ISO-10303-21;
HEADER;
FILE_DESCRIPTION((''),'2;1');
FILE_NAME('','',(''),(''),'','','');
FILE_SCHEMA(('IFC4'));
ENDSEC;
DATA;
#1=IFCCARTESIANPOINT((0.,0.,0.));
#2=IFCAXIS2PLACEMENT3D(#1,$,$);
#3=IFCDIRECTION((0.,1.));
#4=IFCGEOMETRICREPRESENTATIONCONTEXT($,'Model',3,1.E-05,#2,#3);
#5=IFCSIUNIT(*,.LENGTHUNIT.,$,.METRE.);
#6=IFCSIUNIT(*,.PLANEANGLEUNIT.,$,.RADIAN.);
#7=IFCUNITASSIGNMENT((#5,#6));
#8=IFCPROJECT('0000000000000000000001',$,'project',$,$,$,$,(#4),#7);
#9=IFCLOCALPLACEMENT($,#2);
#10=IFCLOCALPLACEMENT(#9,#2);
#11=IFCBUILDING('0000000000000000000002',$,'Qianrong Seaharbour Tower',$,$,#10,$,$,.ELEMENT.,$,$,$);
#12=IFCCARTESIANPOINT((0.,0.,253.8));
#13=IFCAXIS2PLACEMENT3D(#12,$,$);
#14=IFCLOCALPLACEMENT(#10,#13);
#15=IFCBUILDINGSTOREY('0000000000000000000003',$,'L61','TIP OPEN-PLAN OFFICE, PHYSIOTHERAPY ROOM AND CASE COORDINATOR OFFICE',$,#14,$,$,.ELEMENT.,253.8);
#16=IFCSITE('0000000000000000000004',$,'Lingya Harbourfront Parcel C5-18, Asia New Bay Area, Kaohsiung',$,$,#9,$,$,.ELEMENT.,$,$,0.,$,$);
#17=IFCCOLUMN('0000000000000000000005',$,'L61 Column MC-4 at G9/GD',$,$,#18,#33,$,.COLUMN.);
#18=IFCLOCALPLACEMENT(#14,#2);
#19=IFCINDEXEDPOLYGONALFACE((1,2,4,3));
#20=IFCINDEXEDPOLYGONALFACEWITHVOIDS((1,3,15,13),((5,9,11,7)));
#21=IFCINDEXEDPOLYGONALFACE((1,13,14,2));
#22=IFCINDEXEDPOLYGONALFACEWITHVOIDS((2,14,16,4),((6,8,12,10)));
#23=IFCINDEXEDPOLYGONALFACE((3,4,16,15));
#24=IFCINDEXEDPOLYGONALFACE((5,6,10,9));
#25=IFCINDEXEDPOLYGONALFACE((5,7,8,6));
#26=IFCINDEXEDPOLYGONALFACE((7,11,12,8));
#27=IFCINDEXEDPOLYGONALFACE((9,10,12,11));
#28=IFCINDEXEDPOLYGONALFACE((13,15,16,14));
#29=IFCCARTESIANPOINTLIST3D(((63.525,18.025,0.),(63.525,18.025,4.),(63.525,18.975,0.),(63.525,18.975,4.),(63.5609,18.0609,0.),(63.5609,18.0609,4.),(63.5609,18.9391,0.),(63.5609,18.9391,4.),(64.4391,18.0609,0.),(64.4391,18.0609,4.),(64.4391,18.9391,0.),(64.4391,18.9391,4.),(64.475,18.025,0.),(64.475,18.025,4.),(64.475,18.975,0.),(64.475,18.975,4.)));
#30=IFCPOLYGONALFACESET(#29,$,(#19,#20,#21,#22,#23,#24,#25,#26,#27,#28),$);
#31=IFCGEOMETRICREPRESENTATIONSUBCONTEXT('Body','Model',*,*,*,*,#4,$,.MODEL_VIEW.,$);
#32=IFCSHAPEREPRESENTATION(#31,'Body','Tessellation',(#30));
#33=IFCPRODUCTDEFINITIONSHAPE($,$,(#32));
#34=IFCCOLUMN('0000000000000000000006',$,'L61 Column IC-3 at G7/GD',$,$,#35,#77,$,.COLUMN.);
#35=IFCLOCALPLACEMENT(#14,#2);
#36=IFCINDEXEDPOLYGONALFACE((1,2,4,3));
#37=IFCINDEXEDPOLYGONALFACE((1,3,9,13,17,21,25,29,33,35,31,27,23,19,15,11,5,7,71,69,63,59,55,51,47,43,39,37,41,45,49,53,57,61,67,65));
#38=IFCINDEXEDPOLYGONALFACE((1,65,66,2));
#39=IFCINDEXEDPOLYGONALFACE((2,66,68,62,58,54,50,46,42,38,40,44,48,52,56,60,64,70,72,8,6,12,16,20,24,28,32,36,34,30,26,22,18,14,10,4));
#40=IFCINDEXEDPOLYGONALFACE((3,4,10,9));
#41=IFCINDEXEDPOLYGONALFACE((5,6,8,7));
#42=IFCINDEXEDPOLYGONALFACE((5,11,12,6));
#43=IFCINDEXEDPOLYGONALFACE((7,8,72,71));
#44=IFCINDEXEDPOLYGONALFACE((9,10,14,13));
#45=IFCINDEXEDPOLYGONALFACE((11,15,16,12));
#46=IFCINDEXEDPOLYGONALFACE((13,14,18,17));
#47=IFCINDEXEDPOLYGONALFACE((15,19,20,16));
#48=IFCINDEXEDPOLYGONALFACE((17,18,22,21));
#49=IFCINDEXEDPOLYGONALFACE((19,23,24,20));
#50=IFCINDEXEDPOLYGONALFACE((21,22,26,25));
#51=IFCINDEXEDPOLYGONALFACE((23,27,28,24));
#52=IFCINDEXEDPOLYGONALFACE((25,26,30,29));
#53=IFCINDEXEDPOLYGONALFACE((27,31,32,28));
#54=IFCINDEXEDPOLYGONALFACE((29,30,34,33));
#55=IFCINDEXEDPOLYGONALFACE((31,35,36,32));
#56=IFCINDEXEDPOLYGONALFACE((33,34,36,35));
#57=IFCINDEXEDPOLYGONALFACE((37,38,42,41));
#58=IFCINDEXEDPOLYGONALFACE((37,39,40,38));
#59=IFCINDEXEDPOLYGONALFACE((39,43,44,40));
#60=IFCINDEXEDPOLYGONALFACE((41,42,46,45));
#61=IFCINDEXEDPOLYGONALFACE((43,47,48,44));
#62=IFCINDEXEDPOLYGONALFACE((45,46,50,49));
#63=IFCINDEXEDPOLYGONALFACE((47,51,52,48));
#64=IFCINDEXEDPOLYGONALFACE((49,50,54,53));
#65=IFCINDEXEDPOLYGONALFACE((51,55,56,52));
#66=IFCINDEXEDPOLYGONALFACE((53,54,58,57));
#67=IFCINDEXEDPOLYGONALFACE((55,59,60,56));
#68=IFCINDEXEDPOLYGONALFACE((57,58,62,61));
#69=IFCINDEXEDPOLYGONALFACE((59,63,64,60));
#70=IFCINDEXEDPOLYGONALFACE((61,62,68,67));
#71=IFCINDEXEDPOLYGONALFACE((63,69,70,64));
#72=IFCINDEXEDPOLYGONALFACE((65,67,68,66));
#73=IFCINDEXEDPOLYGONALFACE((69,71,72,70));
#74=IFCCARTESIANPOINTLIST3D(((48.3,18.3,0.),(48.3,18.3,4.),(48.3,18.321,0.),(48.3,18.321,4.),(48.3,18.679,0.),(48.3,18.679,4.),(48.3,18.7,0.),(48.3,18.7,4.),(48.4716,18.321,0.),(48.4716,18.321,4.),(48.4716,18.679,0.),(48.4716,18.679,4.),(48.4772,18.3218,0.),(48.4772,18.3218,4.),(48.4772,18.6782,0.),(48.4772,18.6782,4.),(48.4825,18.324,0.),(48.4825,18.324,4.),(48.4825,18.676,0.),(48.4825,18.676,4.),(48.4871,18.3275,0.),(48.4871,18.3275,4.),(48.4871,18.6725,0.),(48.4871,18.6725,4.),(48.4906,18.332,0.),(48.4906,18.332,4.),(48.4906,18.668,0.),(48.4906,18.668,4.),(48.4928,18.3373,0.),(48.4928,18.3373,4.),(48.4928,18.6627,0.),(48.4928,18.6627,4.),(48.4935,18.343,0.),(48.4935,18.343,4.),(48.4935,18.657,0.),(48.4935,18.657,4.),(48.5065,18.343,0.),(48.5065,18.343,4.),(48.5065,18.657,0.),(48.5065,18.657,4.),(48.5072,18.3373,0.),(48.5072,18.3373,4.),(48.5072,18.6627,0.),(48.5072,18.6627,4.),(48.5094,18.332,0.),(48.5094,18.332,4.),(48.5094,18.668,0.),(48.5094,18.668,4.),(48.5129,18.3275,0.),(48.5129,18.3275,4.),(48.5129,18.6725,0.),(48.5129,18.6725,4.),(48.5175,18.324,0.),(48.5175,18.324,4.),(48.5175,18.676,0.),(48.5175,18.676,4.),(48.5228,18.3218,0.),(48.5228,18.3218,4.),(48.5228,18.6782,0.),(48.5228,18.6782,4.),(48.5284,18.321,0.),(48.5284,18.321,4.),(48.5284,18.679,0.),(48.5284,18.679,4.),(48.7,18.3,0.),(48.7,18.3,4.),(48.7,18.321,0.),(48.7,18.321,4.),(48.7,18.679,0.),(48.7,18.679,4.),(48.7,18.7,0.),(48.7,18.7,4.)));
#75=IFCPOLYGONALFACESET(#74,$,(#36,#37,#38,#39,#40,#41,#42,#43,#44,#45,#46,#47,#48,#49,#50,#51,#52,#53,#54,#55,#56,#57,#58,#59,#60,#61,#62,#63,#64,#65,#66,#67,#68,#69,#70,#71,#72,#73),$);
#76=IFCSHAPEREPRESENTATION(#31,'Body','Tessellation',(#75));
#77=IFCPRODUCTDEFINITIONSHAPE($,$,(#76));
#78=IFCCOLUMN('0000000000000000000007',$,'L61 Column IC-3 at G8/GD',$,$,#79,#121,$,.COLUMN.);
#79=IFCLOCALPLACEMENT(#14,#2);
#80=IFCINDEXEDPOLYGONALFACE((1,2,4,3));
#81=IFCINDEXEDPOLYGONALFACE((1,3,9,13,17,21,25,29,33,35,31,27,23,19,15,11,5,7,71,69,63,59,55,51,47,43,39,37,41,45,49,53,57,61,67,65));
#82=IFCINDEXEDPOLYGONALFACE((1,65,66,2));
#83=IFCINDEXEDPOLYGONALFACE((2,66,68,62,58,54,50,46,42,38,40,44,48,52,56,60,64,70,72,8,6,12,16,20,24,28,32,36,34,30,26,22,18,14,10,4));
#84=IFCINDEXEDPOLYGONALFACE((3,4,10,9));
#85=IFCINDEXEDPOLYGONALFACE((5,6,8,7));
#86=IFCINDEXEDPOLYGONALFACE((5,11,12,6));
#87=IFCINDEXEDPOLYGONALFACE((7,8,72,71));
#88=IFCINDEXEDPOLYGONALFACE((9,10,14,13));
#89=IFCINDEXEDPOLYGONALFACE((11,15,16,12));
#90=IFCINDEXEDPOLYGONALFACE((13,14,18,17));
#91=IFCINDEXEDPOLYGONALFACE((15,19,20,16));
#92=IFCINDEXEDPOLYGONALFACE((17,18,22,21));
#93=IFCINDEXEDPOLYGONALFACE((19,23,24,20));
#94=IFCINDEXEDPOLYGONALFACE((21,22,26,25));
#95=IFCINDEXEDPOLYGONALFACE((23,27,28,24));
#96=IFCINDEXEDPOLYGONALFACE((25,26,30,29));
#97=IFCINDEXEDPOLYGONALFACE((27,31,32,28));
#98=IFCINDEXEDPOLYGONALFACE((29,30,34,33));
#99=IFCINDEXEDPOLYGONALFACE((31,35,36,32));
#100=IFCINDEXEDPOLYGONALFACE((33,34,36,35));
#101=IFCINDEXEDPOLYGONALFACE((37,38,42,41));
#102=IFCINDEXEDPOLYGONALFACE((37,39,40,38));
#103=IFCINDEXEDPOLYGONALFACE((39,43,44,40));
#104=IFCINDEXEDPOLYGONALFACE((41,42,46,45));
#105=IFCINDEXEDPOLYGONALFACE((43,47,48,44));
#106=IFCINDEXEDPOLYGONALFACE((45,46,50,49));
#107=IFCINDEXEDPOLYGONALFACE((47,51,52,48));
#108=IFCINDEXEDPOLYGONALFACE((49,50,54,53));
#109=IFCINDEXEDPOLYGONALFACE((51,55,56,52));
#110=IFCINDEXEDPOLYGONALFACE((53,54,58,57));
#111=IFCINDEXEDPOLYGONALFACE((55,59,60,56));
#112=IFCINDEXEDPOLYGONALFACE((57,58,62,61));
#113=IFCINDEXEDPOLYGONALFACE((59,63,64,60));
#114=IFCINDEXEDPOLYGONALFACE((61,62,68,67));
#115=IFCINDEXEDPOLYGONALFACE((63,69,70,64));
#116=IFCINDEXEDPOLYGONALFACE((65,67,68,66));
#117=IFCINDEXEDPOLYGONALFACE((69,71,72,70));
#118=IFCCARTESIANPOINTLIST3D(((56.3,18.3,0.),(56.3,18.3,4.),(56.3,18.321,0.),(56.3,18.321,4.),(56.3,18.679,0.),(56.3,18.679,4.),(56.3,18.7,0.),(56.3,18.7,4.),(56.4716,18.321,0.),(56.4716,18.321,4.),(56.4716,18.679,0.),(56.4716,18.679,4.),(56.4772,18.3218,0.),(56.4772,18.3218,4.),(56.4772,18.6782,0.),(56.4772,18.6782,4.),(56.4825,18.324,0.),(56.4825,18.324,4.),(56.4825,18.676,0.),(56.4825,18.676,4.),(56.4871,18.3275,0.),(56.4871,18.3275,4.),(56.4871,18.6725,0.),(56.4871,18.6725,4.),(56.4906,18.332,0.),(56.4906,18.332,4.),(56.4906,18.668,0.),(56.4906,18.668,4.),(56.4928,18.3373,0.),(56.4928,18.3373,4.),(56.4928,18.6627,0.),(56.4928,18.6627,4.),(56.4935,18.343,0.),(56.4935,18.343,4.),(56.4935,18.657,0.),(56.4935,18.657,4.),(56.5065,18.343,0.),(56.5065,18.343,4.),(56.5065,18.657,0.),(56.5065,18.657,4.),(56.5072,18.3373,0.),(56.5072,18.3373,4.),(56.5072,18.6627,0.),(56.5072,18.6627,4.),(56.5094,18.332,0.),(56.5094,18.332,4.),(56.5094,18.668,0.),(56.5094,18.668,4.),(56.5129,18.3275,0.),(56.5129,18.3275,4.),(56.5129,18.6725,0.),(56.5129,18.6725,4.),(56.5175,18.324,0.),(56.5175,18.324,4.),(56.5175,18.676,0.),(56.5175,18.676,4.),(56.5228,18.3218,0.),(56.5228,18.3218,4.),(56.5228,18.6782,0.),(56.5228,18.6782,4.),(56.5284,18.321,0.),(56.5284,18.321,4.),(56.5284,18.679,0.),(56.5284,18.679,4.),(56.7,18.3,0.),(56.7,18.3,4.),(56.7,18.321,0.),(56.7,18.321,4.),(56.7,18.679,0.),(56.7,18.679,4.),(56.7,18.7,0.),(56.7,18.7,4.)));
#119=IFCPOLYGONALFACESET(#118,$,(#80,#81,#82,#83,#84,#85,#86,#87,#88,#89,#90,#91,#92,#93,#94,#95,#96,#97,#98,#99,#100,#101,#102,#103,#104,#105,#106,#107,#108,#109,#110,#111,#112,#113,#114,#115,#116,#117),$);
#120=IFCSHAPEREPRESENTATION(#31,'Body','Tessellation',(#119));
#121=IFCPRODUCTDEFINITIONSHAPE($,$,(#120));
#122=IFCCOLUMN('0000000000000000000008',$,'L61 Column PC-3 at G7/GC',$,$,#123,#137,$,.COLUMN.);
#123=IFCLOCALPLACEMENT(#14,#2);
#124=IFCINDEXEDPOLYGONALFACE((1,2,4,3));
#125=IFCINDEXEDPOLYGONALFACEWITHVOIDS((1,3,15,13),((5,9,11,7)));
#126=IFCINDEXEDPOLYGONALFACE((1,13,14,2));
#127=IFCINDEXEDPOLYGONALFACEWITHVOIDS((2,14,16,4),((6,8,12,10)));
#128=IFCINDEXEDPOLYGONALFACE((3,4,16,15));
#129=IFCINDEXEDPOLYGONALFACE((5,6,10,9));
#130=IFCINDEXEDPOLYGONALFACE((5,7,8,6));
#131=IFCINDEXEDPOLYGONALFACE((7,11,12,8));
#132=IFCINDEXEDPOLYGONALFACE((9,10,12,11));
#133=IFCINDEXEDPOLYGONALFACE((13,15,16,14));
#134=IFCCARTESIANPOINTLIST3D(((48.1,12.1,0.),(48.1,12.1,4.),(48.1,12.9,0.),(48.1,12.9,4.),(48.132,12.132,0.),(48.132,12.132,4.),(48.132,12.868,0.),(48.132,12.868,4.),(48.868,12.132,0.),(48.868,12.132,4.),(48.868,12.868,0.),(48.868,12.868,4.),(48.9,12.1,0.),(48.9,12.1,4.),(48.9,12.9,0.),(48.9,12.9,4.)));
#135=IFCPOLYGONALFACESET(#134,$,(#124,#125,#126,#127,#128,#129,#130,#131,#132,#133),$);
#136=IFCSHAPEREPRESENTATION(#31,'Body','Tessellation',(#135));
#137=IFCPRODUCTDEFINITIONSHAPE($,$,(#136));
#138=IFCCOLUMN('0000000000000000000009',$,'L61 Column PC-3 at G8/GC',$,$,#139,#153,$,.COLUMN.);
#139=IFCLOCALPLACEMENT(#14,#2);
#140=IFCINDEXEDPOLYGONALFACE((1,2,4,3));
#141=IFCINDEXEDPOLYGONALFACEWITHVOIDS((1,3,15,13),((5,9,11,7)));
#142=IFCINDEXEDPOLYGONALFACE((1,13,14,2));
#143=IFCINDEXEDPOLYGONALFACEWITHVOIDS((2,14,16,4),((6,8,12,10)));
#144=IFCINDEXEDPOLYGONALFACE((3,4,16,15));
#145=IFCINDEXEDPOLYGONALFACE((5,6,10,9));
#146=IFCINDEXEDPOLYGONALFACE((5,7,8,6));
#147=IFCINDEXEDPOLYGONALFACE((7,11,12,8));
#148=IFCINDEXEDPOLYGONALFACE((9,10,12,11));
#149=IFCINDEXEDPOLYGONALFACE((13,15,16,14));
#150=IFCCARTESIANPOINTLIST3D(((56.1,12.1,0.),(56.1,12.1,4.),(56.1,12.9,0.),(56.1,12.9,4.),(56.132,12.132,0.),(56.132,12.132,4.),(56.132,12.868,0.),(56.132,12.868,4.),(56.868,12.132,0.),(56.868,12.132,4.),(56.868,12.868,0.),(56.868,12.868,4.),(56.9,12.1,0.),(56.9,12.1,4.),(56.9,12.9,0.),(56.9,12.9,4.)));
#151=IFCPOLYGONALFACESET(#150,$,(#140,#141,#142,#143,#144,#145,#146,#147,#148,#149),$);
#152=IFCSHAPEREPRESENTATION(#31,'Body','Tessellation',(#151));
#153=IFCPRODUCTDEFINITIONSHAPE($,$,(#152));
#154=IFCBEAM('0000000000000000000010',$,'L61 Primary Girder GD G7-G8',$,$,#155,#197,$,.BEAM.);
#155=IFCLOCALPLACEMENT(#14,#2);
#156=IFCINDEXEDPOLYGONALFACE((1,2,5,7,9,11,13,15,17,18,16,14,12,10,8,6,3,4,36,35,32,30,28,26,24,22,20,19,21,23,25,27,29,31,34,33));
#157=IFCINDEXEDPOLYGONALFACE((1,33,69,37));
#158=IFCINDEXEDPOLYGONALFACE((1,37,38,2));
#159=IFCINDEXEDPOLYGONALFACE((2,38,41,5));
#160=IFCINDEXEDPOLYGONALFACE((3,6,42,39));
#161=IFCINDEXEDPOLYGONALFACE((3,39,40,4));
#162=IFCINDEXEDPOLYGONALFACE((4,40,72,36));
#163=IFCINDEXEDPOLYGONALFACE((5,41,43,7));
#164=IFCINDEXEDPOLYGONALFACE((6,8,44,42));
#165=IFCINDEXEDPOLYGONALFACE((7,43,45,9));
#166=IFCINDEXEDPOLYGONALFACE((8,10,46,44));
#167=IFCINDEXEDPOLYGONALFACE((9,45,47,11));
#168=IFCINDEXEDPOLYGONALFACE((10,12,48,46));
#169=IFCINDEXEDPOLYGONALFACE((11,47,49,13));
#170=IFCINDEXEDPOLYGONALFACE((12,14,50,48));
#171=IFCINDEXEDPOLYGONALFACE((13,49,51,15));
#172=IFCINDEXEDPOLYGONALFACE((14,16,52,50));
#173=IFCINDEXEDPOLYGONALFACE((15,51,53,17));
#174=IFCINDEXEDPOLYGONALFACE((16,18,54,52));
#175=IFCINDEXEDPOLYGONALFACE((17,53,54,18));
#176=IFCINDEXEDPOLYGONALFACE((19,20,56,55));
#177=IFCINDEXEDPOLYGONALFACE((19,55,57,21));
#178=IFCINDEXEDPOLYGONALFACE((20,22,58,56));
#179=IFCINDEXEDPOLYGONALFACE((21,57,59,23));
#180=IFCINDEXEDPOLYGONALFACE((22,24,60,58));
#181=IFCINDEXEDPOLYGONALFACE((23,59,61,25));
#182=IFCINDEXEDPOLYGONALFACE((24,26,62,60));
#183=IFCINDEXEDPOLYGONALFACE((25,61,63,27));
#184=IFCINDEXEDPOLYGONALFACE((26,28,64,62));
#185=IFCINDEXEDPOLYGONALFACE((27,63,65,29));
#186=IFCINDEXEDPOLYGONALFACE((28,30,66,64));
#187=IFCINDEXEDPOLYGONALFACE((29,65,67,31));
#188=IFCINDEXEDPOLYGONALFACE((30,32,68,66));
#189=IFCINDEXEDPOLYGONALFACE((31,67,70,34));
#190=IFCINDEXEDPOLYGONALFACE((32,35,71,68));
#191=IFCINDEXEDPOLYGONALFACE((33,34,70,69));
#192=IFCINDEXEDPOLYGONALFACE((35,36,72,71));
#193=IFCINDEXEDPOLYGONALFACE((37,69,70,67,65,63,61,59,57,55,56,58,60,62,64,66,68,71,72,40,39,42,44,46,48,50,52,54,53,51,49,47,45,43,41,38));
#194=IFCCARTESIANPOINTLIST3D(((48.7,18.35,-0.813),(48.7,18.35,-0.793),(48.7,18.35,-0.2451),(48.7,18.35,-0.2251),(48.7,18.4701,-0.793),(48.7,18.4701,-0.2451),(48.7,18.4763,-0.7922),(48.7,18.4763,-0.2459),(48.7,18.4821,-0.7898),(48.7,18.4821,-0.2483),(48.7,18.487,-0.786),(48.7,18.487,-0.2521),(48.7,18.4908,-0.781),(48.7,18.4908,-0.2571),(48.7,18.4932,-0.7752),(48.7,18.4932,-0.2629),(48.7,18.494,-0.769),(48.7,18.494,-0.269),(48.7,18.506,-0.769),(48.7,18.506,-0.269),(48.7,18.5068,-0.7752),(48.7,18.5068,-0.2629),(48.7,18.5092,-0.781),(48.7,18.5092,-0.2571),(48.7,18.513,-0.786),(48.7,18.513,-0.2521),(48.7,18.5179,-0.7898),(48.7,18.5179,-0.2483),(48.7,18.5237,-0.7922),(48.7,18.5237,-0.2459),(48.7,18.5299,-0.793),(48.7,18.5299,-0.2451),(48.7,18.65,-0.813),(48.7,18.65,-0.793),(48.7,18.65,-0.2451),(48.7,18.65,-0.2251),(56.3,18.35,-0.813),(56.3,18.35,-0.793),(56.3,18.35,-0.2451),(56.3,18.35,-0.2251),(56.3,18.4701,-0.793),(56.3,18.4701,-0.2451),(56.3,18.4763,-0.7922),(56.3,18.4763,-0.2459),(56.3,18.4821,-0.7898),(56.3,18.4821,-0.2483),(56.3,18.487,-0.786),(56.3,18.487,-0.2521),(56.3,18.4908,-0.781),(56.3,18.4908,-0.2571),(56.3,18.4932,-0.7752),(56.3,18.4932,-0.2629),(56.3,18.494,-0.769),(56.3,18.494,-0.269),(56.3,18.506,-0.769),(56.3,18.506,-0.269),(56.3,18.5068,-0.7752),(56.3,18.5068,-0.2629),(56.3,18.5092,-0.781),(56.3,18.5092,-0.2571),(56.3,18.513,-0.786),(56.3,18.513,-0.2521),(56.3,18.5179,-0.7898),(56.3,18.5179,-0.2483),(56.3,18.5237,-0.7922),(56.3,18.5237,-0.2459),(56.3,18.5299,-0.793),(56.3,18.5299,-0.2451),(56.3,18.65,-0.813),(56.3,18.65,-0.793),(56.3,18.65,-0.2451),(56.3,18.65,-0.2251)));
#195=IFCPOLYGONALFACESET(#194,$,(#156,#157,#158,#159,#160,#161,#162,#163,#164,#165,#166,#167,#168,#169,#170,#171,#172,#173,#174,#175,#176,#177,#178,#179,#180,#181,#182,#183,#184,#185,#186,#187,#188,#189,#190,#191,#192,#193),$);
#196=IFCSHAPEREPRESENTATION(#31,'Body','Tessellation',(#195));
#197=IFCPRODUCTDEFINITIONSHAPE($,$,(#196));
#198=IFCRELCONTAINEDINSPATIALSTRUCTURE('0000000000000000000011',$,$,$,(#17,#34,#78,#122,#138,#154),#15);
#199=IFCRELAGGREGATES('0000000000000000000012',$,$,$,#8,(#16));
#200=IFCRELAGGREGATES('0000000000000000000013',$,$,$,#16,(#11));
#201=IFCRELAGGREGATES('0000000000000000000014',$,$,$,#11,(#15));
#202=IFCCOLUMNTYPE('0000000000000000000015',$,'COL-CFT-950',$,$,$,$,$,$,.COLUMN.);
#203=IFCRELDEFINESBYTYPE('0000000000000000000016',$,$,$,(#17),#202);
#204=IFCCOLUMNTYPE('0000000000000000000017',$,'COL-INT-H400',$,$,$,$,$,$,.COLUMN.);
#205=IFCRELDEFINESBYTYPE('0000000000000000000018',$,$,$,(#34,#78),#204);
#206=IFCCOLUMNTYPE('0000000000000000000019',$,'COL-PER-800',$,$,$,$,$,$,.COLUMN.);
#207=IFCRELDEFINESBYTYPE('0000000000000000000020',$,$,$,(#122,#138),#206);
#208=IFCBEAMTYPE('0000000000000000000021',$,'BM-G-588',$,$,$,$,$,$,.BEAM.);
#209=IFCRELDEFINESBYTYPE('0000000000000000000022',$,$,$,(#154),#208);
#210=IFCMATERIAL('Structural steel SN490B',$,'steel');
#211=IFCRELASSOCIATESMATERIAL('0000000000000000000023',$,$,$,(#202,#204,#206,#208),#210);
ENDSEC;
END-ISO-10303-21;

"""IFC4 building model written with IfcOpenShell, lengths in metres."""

from ifc_helpers import new_model, si_unit, direction, frame, origin, origin_2d, place, context, subcontext, project, spatial, hollow_rectangle, i_section, extrude, material, material_profile, profile_set, type_object, element, save


model = new_model("IFC4")

# Units and contexts
model_context = context("Model", 3, precision=1e-05, world=origin(), true_north=direction((0.0, 1.0)))
body_context = subcontext(model_context, "Body", "Model", "MODEL_VIEW")
ifc_project = project(units=[si_unit("LENGTHUNIT", "METRE"), si_unit("PLANEANGLEUNIT", "RADIAN")], contexts=[model_context])

# Site, building, storey
site_placement = place(None, origin())
site = spatial("IfcSite", under=ifc_project, at=site_placement, Name="Lingya Harbourfront Parcel C5-18, Asia New Bay Area, Kaohsiung", CompositionType="ELEMENT", RefElevation=0.0)
building_placement = place(site_placement, origin())
building = spatial("IfcBuilding", under=site, at=building_placement, Name="Qianrong Seaharbour Tower", CompositionType="ELEMENT")
storey_placement = place(building_placement, frame((0.0, 0.0, 253.8)))
storey = spatial("IfcBuildingStorey", under=building, at=storey_placement, Name="L61", Description="TIP OPEN-PLAN OFFICE, PHYSIOTHERAPY ROOM AND CASE COORDINATOR OFFICE", CompositionType="ELEMENT", Elevation=253.8)

# Columns
ifc_material_1 = material(Name="Structural steel SN490B", Category="steel")
ifc_material_profile_1 = material_profile(ifc_material_1, hollow_rectangle(XDim=0.95, YDim=0.95, WallThickness=0.0359, at=origin_2d()), Name="BOX950x950x36")
ifc_profile_set_1 = profile_set([ifc_material_profile_1], Name="Structural steel SN490B")
column_type_1 = type_object("IfcColumnType", Name="COL-CFT-950", PredefinedType="COLUMN", material=ifc_profile_set_1)
column_placement = place(storey_placement, frame((64.0, 18.5, 0.0), z_axis=(0.0, 0.0, 1.0), x_axis=(1.0, 0.0, 0.0)))
element("IfcColumn", 1, at=column_placement, inside=storey, type_object=column_type_1, Name="L61 Column MC-4 at G9/GD", PredefinedType="COLUMN", context=body_context, shape_type="SweptSolid", body=[
    extrude(hollow_rectangle(XDim=0.95, YDim=0.95, WallThickness=0.0359, at=origin_2d()), origin(), (0.0, 0.0, 1.0), 4.0),
])
ifc_material_profile_2 = material_profile(ifc_material_1, i_section(OverallWidth=0.3999, OverallDepth=0.3999, WebThickness=0.0129, FlangeThickness=0.021, FilletRadius=0.022, at=origin_2d()), Name="H400x400x13x21")
ifc_profile_set_2 = profile_set([ifc_material_profile_2], Name="Structural steel SN490B")
column_type_2 = type_object("IfcColumnType", Name="COL-INT-H400", PredefinedType="COLUMN", material=ifc_profile_set_2)
for number, where, z_axis, x_axis, name in (
    (2, (48.5, 18.5, 0.0), (0.0, 0.0, 1.0), (1.0, 0.0, 0.0), "L61 Column IC-3 at G7/GD"),
    (3, (56.5, 18.5, 0.0), (0.0, 0.0, 1.0), (1.0, 0.0, 0.0), "L61 Column IC-3 at G8/GD"),
):
    element("IfcColumn", number, at=place(storey_placement, frame(where, z_axis=z_axis, x_axis=x_axis)), inside=storey, type_object=column_type_2, Name=name, PredefinedType="COLUMN", context=body_context, shape_type="SweptSolid", body=[
        extrude(i_section(OverallWidth=0.3999, OverallDepth=0.3999, WebThickness=0.0129, FlangeThickness=0.021, FilletRadius=0.022, at=origin_2d()), origin(), (0.0, 0.0, 1.0), 4.0),
    ])
ifc_material_profile_3 = material_profile(ifc_material_1, hollow_rectangle(XDim=0.8, YDim=0.8, WallThickness=0.032, at=origin_2d()), Name="BOX800x800x32")
ifc_profile_set_3 = profile_set([ifc_material_profile_3], Name="Structural steel SN490B")
column_type_3 = type_object("IfcColumnType", Name="COL-PER-800", PredefinedType="COLUMN", material=ifc_profile_set_3)
for number, where, z_axis, x_axis, name in (
    (4, (48.5, 12.5, 0.0), (0.0, 0.0, 1.0), (1.0, 0.0, 0.0), "L61 Column PC-3 at G7/GC"),
    (5, (56.5, 12.5, 0.0), (0.0, 0.0, 1.0), (1.0, 0.0, 0.0), "L61 Column PC-3 at G8/GC"),
):
    element("IfcColumn", number, at=place(storey_placement, frame(where, z_axis=z_axis, x_axis=x_axis)), inside=storey, type_object=column_type_3, Name=name, PredefinedType="COLUMN", context=body_context, shape_type="SweptSolid", body=[
        extrude(hollow_rectangle(XDim=0.8, YDim=0.8, WallThickness=0.032, at=origin_2d()), origin(), (0.0, 0.0, 1.0), 4.0),
    ])

# Beam
ifc_material_profile_4 = material_profile(ifc_material_1, i_section(OverallWidth=0.3, OverallDepth=0.5879, WebThickness=0.012, FlangeThickness=0.02, FilletRadius=0.0239, at=origin_2d()), Name="H588x300x12x20")
ifc_profile_set_4 = profile_set([ifc_material_profile_4], Name="Structural steel SN490B")
beam_type_1 = type_object("IfcBeamType", Name="BM-G-588", PredefinedType="BEAM", material=ifc_profile_set_4)
beam_1_placement = place(storey_placement, frame((48.7, 18.5, -0.519), z_axis=(1.0, 0.0, 0.0), x_axis=(0.0, 1.0, 0.0)))
element("IfcBeam", 6, at=beam_1_placement, inside=storey, type_object=beam_type_1, Name="L61 Primary Girder GD G7-G8", PredefinedType="BEAM", context=body_context, shape_type="SweptSolid", body=[
    extrude(i_section(OverallWidth=0.3, OverallDepth=0.5879, WebThickness=0.012, FlangeThickness=0.02, FilletRadius=0.0239, at=origin_2d()), origin(), (0.0, 0.0, 1.0), 7.6001),
])

save(model, "model.ifc")
